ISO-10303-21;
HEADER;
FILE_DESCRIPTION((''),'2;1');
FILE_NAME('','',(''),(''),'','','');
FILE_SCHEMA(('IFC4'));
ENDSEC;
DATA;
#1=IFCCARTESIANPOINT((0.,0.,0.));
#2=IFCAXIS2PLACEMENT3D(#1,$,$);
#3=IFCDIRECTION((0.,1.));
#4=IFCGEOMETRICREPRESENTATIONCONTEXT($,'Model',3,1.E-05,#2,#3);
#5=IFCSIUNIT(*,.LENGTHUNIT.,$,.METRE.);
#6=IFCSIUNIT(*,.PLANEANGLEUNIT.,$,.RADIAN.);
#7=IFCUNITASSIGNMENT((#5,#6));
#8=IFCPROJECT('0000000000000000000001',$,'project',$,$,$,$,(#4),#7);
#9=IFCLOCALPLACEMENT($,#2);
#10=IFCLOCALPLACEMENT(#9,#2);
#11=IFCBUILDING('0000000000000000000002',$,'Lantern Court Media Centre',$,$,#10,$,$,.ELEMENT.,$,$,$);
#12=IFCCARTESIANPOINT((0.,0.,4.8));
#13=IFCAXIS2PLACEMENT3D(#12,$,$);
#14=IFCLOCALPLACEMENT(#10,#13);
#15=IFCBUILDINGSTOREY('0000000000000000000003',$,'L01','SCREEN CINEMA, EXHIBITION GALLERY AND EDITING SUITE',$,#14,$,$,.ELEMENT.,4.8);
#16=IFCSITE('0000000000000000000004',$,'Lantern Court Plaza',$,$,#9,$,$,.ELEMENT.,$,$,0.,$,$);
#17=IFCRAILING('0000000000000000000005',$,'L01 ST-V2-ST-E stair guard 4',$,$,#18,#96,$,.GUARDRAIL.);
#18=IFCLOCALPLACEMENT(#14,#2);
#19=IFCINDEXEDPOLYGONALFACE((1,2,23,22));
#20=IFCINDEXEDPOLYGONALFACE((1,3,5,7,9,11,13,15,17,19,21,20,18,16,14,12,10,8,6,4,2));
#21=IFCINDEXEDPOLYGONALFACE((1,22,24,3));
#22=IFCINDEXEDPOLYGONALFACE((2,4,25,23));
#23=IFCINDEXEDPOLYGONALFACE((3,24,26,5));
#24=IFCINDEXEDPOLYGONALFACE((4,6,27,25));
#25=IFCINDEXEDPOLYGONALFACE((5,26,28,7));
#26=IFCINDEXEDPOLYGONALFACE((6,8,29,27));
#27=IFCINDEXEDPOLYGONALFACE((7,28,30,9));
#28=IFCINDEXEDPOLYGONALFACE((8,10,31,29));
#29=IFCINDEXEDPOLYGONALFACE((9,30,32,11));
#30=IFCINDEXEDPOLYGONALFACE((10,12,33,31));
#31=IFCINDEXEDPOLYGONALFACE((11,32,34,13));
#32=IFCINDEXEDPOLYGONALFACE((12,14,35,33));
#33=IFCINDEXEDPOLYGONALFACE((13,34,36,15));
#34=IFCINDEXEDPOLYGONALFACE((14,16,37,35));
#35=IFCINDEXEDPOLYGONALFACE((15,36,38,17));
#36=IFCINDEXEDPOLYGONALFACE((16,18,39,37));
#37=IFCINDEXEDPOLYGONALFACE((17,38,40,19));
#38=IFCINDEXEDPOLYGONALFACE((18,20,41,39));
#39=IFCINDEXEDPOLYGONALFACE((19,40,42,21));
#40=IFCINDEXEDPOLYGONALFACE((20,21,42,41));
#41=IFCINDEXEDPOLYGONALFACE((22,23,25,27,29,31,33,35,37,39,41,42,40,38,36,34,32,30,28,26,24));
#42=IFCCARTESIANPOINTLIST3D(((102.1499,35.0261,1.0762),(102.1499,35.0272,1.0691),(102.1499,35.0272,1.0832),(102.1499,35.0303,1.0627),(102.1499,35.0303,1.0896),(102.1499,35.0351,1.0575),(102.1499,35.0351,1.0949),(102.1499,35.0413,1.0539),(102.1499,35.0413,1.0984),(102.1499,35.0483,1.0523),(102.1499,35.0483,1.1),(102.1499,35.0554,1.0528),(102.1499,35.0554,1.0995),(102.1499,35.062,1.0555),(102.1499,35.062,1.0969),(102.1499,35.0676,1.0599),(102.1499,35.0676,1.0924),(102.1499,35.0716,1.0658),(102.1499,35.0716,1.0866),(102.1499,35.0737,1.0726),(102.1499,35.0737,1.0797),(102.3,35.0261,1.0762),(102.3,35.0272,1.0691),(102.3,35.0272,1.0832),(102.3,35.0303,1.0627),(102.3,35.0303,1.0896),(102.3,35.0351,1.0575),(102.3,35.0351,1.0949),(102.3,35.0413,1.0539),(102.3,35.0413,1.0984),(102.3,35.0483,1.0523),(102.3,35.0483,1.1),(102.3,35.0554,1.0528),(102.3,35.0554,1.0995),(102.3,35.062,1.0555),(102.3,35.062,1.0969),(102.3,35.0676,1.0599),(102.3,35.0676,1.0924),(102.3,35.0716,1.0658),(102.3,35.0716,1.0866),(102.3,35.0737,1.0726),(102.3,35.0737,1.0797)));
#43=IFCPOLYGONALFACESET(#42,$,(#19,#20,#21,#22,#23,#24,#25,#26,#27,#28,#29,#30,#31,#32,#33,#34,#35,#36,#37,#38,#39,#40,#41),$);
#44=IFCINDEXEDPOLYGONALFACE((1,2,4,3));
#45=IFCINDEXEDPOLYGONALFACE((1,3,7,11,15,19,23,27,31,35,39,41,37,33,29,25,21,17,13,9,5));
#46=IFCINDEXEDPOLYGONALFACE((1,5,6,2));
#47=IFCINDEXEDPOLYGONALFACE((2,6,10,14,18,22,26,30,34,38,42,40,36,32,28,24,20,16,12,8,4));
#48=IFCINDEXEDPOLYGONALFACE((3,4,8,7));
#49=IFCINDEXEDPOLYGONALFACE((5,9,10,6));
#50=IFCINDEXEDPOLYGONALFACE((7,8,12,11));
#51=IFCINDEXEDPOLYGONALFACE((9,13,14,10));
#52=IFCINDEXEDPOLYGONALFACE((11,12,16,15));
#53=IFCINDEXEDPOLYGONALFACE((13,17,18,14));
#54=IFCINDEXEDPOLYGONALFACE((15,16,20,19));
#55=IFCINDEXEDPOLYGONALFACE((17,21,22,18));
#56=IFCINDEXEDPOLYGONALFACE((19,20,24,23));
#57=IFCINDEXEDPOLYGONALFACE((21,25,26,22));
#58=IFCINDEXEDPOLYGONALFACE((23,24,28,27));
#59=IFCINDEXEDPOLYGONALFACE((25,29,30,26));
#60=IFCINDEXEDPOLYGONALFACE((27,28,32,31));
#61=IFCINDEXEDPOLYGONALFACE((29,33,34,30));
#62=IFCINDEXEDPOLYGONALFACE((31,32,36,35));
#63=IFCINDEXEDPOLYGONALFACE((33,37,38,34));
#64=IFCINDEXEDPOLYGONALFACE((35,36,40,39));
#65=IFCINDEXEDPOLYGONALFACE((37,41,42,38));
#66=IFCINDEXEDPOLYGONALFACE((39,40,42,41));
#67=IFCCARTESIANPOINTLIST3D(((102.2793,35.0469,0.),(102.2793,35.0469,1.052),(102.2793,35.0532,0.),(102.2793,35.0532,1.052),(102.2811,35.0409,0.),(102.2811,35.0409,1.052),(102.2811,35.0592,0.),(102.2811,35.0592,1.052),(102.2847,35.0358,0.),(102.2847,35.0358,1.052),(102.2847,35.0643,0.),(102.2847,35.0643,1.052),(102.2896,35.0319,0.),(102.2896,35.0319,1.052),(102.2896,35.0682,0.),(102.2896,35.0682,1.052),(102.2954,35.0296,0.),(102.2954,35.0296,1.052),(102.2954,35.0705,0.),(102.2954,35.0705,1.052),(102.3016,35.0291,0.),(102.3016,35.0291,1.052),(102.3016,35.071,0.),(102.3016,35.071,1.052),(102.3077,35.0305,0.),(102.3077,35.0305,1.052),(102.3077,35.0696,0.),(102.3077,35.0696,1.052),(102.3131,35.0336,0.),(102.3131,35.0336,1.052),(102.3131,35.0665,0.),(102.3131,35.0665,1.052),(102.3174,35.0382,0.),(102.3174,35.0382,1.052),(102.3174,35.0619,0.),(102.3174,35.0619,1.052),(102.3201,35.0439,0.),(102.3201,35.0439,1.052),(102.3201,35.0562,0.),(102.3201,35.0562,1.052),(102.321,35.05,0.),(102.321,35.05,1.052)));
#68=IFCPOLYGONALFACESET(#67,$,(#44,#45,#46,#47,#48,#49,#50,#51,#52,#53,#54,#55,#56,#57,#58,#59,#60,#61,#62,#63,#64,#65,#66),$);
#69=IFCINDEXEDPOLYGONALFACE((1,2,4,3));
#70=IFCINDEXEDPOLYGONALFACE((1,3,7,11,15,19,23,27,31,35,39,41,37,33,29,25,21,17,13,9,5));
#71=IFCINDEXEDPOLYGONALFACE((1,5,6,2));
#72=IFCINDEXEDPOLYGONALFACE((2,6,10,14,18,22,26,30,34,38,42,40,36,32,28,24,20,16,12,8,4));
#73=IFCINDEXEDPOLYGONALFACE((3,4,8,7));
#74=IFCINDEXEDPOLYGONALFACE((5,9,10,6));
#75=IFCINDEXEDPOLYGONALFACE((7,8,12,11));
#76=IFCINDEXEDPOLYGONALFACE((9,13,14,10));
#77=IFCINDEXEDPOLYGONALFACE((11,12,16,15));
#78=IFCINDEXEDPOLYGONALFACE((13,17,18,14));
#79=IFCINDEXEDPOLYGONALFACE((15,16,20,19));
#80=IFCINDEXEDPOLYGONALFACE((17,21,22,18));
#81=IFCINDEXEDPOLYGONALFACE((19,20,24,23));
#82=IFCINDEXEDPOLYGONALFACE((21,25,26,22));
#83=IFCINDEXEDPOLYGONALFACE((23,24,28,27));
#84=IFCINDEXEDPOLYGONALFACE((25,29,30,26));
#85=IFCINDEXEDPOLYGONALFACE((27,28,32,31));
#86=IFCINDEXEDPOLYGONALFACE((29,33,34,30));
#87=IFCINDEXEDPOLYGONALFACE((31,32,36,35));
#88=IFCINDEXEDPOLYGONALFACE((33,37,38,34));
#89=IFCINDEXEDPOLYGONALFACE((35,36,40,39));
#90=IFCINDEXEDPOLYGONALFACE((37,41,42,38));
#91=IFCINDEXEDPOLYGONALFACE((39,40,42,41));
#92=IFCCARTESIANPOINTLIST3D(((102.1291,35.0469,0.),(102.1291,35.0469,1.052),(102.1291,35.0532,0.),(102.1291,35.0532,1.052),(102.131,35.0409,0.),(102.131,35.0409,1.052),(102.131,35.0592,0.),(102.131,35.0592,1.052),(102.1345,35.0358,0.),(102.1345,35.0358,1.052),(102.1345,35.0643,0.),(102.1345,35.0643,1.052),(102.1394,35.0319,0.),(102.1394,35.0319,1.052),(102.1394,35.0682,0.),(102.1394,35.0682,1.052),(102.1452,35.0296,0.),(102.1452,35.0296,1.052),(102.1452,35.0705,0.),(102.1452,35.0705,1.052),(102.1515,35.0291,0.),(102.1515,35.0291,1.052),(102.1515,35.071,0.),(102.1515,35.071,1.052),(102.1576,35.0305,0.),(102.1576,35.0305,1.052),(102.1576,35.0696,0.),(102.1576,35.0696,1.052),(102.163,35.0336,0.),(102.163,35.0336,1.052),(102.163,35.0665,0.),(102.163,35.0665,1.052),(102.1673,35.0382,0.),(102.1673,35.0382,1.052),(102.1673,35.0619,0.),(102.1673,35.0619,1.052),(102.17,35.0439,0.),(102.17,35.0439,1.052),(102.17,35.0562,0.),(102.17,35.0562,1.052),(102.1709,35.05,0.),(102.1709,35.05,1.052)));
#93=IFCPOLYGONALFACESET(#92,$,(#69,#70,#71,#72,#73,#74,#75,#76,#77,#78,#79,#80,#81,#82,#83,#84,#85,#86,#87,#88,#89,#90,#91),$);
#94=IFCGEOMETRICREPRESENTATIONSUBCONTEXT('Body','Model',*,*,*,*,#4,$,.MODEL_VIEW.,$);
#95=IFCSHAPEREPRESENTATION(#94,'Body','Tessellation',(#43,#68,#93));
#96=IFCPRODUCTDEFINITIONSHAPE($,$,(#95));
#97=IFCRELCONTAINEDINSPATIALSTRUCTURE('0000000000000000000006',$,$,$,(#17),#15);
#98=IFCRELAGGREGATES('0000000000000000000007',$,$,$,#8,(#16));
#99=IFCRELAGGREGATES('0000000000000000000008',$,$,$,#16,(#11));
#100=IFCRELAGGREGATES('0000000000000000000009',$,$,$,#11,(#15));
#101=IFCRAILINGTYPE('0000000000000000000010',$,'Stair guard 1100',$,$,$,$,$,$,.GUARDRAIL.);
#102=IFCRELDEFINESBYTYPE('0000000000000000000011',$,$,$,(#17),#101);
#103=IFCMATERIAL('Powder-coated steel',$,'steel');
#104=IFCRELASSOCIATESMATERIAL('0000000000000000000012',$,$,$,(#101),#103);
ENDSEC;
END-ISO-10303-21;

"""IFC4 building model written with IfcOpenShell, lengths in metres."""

from ifc_helpers import new_model, si_unit, direction, frame, origin, origin_2d, place, context, subcontext, project, spatial, circle, extrude, material, type_object, element, save


model = new_model("IFC4")

# Units and contexts
model_context = context("Model", 3, precision=1e-05, world=origin(), true_north=direction((0.0, 1.0)))
body_context = subcontext(model_context, "Body", "Model", "MODEL_VIEW")
ifc_project = project(units=[si_unit("LENGTHUNIT", "METRE"), si_unit("PLANEANGLEUNIT", "RADIAN")], contexts=[model_context])

# Site, building, storey
site_placement = place(None, origin())
site = spatial("IfcSite", under=ifc_project, at=site_placement, Name="Lantern Court Plaza", CompositionType="ELEMENT", RefElevation=0.0)
building_placement = place(site_placement, origin())
building = spatial("IfcBuilding", under=site, at=building_placement, Name="Lantern Court Media Centre", CompositionType="ELEMENT")
storey_placement = place(building_placement, frame((0.0, 0.0, 4.8)))
storey = spatial("IfcBuildingStorey", under=building, at=storey_placement, Name="L01", Description="SCREEN CINEMA, EXHIBITION GALLERY AND EDITING SUITE", CompositionType="ELEMENT", Elevation=4.8)

# Railing
ifc_material_1 = material(Name="Powder-coated steel", Category="steel")
railing_type_1 = type_object("IfcRailingType", Name="Stair guard 1100", PredefinedType="GUARDRAIL", material=ifc_material_1)
railing_1_placement = place(storey_placement, frame((102.3, 35.05, 0.0)))
element("IfcRailing", 1, at=railing_1_placement, inside=storey, type_object=railing_type_1, Name="L01 ST-V2-ST-E stair guard 4", PredefinedType="GUARDRAIL", context=body_context, shape_type="SweptSolid", body=[
    extrude(circle(Radius=0.0239, at=origin_2d()), frame((0.0, 0.0, 1.0762), z_axis=(-1.0, 0.0, 0.0), x_axis=(0.0, -1.0, 0.0)), (0.0, 0.0, 1.0), 0.1501),
    extrude(circle(Radius=0.021, at=origin_2d()), origin(), (0.0, 0.0, 1.0), 1.052),
    extrude(circle(Radius=0.021, at=origin_2d()), frame((-0.1501, 0.0, 0.0)), (0.0, 0.0, 1.0), 1.052),
])

save(model, "model.ifc")
